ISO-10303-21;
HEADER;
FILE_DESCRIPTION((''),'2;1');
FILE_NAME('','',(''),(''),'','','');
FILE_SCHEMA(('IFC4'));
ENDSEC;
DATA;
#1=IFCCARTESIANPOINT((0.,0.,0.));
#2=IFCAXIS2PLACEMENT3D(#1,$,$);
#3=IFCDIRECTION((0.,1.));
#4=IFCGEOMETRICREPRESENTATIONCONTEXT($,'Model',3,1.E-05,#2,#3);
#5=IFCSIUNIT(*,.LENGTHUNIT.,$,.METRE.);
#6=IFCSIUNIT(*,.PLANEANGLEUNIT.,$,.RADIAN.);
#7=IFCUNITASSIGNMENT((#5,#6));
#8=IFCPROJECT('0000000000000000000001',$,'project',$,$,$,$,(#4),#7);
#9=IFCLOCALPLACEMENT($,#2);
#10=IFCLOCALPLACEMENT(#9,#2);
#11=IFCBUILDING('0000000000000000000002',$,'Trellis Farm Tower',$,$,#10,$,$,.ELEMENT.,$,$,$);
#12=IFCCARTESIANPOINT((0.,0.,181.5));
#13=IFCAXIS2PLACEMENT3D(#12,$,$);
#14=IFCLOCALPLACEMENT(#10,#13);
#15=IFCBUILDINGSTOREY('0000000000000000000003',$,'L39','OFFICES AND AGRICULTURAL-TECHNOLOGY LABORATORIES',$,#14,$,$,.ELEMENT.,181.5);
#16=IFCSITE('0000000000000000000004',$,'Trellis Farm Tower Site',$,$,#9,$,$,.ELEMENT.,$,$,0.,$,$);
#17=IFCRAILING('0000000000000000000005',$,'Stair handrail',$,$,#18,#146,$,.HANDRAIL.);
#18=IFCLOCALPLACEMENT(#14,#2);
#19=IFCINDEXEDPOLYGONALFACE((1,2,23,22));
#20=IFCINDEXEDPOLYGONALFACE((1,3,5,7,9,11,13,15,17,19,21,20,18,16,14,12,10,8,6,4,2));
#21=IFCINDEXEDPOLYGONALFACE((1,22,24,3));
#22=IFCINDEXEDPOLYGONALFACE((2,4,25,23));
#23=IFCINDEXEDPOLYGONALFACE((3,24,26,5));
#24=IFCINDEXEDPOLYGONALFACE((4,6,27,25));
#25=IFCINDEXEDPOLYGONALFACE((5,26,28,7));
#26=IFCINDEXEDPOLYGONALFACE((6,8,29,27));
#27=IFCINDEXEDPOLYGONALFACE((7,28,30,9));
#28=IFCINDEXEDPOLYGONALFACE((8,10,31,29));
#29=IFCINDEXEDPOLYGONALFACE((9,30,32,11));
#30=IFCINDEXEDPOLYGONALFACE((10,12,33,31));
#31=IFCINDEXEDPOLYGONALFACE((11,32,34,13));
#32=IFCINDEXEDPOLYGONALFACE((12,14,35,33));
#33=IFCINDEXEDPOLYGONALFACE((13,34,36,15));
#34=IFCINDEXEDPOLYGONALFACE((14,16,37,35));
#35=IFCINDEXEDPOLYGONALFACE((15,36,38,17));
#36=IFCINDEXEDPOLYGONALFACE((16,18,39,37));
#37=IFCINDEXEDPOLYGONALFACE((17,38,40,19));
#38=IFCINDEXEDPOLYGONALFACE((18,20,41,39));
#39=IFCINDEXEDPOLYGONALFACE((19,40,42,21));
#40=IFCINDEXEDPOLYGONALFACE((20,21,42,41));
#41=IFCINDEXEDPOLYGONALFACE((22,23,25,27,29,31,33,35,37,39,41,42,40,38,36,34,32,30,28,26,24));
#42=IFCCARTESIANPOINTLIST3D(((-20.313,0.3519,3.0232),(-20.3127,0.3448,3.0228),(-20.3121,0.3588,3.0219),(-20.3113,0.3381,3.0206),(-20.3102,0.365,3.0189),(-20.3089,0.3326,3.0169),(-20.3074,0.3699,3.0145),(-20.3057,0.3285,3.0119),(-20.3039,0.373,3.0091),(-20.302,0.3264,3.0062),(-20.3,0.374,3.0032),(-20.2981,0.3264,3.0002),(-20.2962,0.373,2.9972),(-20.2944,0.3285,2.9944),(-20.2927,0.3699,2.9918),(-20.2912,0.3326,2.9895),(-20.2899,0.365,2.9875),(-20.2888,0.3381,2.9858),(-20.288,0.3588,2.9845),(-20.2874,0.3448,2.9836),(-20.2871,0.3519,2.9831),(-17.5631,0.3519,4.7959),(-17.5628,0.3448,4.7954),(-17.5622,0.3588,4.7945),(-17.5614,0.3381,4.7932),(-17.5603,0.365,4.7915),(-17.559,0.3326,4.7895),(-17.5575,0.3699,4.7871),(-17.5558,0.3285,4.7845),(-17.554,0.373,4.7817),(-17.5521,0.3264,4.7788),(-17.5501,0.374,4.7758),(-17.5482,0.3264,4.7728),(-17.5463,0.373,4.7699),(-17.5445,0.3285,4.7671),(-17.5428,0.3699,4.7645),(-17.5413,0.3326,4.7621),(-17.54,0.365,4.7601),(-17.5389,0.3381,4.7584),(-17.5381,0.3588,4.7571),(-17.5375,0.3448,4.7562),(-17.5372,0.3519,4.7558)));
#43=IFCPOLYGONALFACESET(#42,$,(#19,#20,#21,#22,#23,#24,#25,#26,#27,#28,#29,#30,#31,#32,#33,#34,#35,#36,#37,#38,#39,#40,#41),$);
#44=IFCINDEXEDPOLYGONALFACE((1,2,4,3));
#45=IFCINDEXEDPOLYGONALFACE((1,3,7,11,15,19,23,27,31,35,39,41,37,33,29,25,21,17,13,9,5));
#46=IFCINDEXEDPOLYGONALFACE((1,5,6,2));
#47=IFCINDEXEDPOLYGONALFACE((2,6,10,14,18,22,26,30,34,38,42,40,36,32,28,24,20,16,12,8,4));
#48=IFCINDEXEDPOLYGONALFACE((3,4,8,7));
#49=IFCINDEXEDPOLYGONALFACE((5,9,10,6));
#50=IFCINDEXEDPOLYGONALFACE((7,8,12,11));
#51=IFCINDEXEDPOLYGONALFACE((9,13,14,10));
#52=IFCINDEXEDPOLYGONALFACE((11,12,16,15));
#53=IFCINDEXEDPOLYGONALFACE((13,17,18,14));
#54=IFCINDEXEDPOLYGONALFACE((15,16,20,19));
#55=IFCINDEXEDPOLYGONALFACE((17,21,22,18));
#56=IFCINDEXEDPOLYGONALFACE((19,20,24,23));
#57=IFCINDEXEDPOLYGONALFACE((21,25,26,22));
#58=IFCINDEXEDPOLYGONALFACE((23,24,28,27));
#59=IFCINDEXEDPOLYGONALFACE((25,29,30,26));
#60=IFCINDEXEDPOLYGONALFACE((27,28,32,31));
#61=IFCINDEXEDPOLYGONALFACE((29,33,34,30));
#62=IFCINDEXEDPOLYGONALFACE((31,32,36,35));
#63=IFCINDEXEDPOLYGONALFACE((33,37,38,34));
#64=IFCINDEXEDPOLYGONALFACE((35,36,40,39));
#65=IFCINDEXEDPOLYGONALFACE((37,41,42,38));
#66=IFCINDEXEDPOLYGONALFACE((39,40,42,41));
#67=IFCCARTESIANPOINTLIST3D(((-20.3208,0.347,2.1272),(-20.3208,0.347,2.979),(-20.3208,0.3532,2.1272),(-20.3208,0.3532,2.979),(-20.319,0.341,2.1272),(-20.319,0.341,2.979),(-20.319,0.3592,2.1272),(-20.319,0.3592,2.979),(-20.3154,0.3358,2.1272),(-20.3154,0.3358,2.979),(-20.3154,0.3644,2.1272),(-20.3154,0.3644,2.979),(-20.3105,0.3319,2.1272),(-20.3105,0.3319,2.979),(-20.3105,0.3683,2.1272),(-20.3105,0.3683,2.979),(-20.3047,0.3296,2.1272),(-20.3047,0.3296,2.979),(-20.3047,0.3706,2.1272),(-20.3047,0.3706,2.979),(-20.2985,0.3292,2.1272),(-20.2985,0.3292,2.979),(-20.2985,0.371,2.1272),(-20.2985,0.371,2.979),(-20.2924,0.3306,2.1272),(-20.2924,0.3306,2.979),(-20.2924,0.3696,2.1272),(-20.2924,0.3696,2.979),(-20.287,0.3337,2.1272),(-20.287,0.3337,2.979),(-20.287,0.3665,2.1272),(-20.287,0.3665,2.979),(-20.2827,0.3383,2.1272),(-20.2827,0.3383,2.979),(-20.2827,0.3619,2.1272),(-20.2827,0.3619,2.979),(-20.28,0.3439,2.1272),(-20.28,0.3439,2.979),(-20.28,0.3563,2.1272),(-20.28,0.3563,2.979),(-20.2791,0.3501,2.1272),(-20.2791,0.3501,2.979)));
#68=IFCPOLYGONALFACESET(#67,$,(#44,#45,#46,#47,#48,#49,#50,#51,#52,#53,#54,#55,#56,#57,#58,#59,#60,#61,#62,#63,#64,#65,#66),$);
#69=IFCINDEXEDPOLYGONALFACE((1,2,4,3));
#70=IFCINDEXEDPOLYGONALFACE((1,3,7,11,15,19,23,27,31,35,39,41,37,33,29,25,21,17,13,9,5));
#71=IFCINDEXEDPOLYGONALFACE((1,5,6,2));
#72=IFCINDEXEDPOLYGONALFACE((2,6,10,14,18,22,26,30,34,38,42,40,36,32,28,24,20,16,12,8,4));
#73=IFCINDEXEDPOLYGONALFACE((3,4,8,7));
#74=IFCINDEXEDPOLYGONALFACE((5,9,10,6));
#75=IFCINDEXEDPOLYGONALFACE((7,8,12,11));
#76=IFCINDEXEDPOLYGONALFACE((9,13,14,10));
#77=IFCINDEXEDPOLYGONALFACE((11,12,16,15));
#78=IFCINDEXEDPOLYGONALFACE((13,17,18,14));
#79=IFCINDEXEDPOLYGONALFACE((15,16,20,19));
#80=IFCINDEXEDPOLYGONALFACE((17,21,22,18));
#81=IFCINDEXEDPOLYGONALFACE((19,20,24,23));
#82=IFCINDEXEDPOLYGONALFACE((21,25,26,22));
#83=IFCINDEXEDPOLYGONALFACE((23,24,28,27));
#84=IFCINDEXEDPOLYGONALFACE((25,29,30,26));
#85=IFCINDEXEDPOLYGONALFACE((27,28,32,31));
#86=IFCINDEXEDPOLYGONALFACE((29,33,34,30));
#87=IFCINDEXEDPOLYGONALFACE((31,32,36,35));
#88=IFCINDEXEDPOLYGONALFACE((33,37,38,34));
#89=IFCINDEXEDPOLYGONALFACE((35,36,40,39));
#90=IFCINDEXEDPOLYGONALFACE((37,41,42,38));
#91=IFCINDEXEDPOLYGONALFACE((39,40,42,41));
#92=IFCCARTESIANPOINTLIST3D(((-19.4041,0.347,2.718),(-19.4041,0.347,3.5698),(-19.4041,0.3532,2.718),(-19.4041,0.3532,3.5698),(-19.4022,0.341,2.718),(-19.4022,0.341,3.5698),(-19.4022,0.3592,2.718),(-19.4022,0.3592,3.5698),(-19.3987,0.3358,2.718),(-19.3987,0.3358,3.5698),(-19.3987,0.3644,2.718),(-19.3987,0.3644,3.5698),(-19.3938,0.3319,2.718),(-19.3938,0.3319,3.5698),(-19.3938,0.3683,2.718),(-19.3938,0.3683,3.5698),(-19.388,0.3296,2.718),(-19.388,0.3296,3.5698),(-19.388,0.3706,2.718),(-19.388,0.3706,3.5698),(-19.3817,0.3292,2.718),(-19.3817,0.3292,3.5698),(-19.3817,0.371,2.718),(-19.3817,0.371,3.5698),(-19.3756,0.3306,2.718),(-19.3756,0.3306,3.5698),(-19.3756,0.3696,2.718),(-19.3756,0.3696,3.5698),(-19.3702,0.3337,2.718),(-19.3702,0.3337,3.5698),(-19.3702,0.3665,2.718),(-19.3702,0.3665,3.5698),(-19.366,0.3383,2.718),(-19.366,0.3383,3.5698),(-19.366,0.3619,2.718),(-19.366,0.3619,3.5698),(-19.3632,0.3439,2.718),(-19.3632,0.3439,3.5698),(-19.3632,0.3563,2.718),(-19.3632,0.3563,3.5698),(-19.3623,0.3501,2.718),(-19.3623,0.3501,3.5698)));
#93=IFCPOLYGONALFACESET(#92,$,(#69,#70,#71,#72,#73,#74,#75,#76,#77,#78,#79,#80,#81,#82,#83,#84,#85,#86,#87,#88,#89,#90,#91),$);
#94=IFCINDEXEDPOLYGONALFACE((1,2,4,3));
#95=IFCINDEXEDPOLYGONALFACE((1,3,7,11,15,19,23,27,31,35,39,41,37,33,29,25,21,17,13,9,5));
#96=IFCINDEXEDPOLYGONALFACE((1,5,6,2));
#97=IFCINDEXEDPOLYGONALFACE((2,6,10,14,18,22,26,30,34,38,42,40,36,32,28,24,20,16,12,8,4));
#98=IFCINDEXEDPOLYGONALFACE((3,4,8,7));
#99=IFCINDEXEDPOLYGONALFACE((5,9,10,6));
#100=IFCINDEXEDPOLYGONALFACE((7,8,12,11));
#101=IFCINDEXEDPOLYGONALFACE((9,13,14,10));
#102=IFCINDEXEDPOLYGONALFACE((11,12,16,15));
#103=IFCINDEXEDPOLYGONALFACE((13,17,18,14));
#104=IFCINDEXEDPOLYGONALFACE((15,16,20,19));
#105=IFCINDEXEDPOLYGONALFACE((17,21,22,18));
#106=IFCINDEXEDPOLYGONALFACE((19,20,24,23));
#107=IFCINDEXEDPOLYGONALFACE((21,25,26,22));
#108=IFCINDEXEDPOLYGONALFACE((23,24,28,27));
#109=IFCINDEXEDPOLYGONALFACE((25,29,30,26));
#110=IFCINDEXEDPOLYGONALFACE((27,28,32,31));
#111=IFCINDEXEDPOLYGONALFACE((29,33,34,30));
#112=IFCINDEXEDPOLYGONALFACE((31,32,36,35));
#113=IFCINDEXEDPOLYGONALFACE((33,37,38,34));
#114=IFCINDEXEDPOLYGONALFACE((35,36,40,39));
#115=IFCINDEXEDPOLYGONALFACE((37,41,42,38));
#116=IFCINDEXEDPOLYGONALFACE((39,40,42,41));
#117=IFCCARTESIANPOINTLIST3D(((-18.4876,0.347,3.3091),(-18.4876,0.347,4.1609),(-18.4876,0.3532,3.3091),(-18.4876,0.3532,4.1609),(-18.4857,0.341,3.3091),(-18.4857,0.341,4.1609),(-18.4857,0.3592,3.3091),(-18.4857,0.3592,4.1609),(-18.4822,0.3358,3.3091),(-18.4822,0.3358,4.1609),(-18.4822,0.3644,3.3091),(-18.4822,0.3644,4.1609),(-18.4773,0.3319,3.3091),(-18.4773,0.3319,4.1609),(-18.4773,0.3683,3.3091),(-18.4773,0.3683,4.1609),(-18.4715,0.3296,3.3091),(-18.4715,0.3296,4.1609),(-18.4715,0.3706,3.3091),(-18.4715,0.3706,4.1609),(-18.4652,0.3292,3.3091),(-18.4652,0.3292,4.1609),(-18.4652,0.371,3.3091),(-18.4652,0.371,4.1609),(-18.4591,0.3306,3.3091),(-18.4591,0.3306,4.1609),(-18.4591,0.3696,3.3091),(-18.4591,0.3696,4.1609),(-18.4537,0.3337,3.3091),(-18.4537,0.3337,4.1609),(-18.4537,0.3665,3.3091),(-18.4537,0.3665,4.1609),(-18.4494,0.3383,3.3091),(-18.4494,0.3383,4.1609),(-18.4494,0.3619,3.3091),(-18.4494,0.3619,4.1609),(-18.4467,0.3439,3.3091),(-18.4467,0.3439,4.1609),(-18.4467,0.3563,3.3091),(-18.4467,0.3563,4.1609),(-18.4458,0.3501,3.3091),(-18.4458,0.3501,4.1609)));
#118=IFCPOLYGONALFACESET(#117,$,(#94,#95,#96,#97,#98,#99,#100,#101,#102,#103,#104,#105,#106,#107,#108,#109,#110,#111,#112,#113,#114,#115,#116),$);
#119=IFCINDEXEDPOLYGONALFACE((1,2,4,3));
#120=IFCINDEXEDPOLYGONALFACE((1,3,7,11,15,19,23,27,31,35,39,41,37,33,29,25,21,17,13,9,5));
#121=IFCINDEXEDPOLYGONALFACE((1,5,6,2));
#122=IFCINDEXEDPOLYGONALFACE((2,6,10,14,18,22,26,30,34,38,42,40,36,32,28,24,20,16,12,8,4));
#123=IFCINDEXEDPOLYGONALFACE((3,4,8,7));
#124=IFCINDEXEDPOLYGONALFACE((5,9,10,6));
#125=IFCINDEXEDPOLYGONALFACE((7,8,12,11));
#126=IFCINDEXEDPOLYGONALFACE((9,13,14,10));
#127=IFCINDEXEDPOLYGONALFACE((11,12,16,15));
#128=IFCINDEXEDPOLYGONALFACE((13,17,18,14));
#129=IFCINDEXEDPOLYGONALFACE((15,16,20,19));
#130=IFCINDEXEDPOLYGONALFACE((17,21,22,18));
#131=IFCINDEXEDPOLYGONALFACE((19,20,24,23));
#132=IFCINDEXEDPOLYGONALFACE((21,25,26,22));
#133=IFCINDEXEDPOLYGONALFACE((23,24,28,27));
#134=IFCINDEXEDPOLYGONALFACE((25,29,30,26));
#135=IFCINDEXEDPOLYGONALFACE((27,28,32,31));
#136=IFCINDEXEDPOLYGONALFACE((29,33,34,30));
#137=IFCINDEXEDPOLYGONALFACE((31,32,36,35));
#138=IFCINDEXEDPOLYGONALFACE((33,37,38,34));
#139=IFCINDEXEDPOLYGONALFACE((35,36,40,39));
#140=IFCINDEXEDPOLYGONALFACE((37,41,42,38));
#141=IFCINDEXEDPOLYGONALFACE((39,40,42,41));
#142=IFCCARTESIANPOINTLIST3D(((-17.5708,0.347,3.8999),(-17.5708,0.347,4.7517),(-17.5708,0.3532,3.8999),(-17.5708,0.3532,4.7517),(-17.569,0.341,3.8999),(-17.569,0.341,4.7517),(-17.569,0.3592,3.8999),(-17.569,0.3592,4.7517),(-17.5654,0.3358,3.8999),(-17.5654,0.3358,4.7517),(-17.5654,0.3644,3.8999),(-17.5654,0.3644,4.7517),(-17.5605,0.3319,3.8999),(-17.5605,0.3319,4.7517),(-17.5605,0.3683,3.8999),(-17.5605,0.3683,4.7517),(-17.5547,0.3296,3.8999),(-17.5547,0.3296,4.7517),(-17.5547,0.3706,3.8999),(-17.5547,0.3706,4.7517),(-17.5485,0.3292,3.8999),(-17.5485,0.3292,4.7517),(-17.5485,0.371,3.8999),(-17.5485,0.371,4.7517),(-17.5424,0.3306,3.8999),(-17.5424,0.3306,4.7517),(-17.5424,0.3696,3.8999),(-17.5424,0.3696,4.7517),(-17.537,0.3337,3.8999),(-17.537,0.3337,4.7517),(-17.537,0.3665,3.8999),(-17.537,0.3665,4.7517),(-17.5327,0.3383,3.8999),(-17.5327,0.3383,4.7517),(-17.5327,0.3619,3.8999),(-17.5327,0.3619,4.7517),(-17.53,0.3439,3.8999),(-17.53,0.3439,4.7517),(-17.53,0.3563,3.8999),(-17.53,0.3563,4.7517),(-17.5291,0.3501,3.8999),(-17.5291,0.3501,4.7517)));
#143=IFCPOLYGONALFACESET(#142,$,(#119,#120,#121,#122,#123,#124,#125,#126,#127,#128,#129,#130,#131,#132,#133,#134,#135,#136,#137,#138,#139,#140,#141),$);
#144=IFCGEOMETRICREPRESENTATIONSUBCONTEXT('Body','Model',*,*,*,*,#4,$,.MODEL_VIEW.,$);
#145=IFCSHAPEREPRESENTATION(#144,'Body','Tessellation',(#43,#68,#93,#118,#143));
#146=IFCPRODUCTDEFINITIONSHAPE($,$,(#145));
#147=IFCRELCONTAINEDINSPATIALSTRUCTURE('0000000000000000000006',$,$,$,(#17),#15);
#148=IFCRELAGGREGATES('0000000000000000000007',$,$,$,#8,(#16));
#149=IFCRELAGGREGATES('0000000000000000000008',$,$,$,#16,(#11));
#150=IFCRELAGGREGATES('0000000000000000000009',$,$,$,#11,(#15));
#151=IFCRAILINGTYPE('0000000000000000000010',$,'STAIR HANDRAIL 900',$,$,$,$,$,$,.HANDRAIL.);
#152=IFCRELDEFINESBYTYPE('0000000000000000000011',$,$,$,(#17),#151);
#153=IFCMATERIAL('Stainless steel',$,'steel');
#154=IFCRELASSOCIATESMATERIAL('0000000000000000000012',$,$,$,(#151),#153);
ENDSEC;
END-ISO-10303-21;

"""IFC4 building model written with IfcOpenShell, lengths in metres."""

from ifc_helpers import new_model, si_unit, direction, frame, origin, origin_2d, place, context, subcontext, project, spatial, circle, extrude, source, transform, mapped, material, type_object, element, save


model = new_model("IFC4")

# Units and contexts
model_context = context("Model", 3, precision=1e-05, world=origin(), true_north=direction((0.0, 1.0)))
body_context = subcontext(model_context, "Body", "Model", "MODEL_VIEW")
ifc_project = project(units=[si_unit("LENGTHUNIT", "METRE"), si_unit("PLANEANGLEUNIT", "RADIAN")], contexts=[model_context])

# Site, building, storey
site_placement = place(None, origin())
site = spatial("IfcSite", under=ifc_project, at=site_placement, Name="Trellis Farm Tower Site", CompositionType="ELEMENT", RefElevation=0.0)
building_placement = place(site_placement, origin())
building = spatial("IfcBuilding", under=site, at=building_placement, Name="Trellis Farm Tower", CompositionType="ELEMENT")
storey_placement = place(building_placement, frame((0.0, 0.0, 181.5)))
storey = spatial("IfcBuildingStorey", under=building, at=storey_placement, Name="L39", Description="OFFICES AND AGRICULTURAL-TECHNOLOGY LABORATORIES", CompositionType="ELEMENT", Elevation=181.5)

# Railing
ifc_material_1 = material(Name="Stainless steel", Category="steel")
railing_type = type_object("IfcRailingType", Name="STAIR HANDRAIL 900", PredefinedType="HANDRAIL", material=ifc_material_1)
shared_shape_1 = source(origin(), body_context, "Body", "SweptSolid", [
    extrude(circle(Radius=0.0239, at=origin_2d()), frame((0.0, 0.0, 0.876), z_axis=(0.840504, 0.0, 0.541806), x_axis=(0.0, 1.0, 0.0)), (0.0, 0.0, 1.0), 3.2717),
    extrude(circle(Radius=0.021, at=origin_2d()), origin(), (0.0, 0.0, 1.0), 0.8518),
    extrude(circle(Radius=0.021, at=origin_2d()), frame((0.9167, 0.0, 0.5908)), (0.0, 0.0, 1.0), 0.8518),
    extrude(circle(Radius=0.021, at=origin_2d()), frame((1.8333, 0.0, 1.1819)), (0.0, 0.0, 1.0), 0.8518),
    extrude(circle(Radius=0.021, at=origin_2d()), frame((2.75, 0.0, 1.7727)), (0.0, 0.0, 1.0), 0.8518),
])
for number, where, name in (
    (1, (-20.3, 0.3501, 2.1272), "Stair handrail"),
):
    element("IfcRailing", number, at=place(storey_placement, frame(where)), inside=storey, type_object=railing_type, Name=name, PredefinedType="HANDRAIL", context=body_context, shape_type="MappedRepresentation", body=[
        mapped(shared_shape_1, transform((0.0, 0.0, 0.0))),
    ])

save(model, "model.ifc")
